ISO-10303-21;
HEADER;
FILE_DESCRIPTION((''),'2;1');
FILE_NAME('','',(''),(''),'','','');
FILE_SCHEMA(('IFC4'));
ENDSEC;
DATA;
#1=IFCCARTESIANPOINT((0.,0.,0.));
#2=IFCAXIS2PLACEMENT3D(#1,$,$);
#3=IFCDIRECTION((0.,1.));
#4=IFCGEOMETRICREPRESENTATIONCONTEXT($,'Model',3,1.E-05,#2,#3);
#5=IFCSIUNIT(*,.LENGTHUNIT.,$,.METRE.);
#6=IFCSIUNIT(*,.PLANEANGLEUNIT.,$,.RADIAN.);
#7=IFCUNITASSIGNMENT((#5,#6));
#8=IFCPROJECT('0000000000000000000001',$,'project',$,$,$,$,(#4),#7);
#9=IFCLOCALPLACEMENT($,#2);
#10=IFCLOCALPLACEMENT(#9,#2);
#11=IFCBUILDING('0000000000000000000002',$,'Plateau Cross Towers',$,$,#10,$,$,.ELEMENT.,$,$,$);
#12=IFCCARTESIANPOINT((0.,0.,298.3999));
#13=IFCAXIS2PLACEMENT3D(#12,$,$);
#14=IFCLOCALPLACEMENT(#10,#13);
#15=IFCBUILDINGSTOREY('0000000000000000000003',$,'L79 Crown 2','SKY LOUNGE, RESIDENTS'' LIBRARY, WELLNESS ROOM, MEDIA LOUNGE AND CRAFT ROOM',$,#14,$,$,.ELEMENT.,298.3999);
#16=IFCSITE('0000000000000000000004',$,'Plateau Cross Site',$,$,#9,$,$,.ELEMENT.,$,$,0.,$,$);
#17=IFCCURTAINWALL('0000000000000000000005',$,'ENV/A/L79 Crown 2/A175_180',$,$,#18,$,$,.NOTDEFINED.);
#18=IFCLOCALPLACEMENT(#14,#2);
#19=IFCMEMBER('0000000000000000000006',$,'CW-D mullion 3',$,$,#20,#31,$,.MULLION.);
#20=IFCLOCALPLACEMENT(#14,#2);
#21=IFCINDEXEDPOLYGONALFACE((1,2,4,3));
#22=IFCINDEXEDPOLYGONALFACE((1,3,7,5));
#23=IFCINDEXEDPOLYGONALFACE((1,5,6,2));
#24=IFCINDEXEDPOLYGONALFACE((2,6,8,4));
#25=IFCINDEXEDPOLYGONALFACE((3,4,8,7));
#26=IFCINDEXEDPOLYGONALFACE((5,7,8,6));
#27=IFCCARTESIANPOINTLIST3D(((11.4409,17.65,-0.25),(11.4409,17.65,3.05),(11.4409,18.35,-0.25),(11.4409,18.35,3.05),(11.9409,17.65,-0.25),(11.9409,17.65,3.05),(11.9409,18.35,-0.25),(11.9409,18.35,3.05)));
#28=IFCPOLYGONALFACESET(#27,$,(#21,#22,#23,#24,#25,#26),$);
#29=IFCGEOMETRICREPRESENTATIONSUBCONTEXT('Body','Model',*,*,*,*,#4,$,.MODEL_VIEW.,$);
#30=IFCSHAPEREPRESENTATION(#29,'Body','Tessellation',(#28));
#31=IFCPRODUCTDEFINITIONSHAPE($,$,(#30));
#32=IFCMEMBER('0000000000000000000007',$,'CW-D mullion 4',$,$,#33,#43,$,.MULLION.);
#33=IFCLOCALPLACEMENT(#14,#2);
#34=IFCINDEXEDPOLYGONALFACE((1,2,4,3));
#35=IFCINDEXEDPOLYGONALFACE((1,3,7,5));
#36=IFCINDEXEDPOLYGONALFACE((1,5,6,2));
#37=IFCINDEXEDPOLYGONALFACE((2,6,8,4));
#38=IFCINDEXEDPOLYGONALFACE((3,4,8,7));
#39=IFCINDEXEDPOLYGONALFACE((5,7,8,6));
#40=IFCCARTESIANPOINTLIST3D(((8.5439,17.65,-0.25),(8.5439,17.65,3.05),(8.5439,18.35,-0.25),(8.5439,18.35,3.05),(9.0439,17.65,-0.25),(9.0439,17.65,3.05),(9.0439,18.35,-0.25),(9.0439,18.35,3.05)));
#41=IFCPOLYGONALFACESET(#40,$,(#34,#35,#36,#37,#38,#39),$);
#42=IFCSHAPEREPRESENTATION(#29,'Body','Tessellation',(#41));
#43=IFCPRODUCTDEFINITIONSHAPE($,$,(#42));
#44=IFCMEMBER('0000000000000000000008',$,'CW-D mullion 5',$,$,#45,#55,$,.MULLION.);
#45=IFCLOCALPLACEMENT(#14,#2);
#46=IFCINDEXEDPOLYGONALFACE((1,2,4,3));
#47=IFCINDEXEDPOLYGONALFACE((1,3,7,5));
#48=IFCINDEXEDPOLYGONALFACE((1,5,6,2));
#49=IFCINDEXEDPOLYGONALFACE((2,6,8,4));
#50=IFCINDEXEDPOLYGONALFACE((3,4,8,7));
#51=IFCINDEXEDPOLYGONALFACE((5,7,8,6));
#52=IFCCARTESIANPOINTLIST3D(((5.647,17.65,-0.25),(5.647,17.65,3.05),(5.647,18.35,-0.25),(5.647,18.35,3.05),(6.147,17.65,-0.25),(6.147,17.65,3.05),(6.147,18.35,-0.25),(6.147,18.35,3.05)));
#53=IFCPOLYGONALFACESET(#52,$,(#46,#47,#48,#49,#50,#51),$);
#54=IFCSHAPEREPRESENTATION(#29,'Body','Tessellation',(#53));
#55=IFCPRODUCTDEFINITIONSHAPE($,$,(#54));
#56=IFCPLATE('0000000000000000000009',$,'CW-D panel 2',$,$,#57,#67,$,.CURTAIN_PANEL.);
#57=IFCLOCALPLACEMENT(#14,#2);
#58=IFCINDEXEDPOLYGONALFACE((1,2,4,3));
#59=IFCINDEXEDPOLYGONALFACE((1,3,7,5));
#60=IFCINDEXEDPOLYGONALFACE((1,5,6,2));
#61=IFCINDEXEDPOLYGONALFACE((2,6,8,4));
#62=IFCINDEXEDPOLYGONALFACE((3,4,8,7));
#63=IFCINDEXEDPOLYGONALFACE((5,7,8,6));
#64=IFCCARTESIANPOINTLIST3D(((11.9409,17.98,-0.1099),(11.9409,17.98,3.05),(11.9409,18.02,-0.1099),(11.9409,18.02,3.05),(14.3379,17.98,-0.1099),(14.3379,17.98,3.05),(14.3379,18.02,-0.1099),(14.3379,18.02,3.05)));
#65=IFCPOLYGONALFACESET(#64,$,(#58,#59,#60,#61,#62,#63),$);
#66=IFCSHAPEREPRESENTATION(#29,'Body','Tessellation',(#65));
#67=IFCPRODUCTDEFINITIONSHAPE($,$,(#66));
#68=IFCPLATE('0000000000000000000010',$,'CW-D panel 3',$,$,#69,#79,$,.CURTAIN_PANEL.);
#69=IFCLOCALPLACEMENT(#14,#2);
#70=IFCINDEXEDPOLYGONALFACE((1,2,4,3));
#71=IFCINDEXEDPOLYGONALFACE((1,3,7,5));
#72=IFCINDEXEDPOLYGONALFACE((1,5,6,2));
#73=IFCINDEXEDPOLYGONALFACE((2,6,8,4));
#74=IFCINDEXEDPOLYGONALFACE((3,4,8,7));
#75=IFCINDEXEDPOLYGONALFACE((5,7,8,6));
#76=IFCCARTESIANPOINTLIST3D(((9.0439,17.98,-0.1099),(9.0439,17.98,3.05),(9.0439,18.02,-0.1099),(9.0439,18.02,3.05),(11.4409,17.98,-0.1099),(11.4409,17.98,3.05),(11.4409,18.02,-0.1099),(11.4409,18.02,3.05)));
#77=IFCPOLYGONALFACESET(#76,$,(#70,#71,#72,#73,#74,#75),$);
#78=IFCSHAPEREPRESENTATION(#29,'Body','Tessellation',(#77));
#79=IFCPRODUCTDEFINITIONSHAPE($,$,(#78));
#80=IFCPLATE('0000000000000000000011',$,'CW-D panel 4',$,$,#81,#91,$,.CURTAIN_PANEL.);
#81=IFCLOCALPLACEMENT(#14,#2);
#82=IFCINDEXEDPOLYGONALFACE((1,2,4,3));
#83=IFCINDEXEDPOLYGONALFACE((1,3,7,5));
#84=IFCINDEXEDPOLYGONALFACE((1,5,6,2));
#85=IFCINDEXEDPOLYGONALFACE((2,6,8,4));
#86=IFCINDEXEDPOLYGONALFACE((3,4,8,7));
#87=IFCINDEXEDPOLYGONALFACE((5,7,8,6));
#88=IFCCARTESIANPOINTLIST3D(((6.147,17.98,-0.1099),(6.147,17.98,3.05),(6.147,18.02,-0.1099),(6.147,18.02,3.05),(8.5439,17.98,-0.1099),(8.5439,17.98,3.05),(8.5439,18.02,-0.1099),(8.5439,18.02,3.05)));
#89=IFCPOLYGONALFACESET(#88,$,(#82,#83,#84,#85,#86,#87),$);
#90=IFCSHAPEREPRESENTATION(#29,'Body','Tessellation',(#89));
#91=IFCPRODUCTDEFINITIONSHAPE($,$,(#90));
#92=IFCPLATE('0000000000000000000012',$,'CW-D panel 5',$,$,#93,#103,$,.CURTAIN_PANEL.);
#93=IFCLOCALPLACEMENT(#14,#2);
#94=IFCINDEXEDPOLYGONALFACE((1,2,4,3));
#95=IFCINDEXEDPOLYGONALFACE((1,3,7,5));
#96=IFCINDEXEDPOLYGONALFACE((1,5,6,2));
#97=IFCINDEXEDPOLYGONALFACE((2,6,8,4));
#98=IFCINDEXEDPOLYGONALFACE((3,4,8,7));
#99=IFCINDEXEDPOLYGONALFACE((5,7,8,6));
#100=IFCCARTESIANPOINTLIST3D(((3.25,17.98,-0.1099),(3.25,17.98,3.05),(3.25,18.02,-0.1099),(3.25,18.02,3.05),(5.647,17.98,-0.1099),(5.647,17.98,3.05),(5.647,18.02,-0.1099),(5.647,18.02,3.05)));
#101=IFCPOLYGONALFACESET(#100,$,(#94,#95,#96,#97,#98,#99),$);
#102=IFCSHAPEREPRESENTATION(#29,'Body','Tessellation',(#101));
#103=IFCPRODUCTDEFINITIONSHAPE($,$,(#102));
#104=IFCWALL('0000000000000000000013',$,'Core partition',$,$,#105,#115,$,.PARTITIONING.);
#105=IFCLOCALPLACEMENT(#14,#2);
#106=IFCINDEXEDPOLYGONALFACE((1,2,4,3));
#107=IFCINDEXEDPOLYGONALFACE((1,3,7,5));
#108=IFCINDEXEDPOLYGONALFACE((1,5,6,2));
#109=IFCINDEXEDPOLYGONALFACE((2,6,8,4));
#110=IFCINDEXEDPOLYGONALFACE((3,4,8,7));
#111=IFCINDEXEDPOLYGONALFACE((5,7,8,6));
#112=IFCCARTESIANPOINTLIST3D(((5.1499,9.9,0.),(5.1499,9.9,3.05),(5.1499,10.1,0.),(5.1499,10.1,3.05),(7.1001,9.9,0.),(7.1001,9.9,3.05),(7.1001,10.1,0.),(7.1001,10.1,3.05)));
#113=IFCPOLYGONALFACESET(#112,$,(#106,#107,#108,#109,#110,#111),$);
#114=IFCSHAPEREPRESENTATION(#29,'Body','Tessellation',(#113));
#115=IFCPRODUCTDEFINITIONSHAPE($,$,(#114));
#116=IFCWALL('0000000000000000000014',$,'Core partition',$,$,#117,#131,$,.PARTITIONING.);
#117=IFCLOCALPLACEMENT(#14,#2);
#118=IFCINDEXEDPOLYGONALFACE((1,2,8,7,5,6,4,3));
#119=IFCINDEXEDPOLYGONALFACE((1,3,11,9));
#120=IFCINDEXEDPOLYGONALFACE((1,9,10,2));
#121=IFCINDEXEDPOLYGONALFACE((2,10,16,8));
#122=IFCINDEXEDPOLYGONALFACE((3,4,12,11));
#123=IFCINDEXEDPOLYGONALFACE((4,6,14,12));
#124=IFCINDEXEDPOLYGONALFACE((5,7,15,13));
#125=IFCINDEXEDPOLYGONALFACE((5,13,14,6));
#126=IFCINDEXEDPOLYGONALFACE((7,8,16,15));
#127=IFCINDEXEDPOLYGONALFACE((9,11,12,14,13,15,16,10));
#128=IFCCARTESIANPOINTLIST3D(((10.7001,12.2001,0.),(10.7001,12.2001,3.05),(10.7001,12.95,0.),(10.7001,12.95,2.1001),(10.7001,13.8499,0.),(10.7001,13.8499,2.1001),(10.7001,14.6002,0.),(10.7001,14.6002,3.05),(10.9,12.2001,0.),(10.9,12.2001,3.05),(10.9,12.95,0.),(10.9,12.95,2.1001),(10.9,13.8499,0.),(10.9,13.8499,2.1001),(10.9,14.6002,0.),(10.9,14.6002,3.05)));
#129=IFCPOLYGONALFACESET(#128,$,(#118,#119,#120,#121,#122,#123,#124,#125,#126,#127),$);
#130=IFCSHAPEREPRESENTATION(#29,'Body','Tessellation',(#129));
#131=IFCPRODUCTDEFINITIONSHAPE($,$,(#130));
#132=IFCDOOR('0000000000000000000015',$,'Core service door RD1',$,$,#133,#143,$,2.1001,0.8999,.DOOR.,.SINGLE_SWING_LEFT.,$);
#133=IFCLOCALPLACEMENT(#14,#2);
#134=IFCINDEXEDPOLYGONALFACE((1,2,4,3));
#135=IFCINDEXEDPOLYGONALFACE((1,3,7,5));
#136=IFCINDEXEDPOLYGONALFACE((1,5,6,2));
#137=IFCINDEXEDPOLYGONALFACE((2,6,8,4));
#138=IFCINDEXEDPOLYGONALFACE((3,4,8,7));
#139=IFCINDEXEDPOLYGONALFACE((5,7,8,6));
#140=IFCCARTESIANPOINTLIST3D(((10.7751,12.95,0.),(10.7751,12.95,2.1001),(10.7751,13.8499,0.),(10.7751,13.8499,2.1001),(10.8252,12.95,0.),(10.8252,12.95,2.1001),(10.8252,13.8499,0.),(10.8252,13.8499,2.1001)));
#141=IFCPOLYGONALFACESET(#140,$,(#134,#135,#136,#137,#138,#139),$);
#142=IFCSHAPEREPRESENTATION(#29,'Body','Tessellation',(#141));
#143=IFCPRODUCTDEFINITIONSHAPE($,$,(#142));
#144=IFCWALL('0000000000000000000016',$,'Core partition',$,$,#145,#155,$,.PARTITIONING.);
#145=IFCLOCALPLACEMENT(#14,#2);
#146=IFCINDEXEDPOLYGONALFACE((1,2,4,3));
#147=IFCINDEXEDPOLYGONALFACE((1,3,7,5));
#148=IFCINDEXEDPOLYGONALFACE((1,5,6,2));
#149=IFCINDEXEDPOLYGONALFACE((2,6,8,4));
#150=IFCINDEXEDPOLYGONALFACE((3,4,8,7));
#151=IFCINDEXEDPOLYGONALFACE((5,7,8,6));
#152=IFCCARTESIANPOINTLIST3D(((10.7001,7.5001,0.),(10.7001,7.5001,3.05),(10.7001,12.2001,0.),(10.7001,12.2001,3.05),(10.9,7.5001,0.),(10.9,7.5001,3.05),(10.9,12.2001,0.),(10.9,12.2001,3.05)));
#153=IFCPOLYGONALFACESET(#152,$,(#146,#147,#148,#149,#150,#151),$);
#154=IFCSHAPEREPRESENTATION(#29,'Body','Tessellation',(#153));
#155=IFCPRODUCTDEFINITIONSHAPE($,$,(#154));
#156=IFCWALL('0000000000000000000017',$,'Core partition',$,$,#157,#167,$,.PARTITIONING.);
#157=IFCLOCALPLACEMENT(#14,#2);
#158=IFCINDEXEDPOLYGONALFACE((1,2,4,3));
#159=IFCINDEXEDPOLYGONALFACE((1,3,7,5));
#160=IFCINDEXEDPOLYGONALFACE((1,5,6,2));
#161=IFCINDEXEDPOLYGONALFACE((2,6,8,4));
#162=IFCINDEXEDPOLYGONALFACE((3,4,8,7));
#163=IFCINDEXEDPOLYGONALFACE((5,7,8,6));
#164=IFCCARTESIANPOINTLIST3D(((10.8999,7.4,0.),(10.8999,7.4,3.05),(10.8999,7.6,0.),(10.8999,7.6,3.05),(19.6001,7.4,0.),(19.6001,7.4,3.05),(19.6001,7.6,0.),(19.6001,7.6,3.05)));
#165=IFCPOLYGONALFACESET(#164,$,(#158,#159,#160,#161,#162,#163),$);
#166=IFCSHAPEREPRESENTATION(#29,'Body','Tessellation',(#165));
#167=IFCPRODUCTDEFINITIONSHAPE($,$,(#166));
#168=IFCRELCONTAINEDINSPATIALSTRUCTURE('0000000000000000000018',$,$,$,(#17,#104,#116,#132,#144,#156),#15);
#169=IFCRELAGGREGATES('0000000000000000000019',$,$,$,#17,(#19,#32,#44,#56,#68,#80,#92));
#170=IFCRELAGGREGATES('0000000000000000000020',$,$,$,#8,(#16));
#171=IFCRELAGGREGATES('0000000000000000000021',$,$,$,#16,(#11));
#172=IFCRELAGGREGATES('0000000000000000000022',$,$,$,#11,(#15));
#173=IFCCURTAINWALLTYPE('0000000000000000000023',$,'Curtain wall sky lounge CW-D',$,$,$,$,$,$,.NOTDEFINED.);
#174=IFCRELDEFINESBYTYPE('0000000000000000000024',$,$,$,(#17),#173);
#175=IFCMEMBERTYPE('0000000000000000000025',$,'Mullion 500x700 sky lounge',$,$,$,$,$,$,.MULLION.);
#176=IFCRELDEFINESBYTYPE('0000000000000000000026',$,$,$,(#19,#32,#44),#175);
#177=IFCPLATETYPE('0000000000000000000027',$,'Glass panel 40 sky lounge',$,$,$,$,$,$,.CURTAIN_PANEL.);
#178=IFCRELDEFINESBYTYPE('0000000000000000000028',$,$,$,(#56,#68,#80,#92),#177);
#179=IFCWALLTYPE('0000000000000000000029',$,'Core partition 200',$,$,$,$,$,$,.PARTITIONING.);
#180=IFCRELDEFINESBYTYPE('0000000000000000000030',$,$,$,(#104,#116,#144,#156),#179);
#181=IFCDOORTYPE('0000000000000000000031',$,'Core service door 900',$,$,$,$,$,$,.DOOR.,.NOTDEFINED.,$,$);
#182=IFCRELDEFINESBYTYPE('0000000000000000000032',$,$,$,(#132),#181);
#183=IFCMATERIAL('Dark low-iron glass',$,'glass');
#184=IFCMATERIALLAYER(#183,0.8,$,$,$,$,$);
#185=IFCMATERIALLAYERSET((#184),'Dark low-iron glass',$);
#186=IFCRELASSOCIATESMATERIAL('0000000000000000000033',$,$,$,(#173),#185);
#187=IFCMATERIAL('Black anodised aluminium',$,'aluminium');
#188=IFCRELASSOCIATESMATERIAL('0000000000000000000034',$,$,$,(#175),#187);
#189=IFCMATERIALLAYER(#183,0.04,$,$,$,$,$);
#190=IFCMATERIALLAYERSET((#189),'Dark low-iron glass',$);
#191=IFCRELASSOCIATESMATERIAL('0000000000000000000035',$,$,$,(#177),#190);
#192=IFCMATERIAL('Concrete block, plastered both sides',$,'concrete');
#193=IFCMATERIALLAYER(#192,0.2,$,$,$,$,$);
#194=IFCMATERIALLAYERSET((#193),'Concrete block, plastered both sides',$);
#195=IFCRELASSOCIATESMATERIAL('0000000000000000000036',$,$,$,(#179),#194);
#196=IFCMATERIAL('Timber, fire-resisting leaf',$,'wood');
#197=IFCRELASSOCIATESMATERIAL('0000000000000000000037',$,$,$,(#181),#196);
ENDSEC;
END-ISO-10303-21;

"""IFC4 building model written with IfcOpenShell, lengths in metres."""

from ifc_helpers import new_model, si_unit, direction, frame, frame_2d, origin, origin_2d, place, context, subcontext, project, spatial, rectangle, extrude, material, layer, layer_set, material_profile, profile_set, type_object, element, fill, aggregate, save


model = new_model("IFC4")

# Units and contexts
model_context = context("Model", 3, precision=1e-05, world=origin(), true_north=direction((0.0, 1.0)))
body_context = subcontext(model_context, "Body", "Model", "MODEL_VIEW")
ifc_project = project(units=[si_unit("LENGTHUNIT", "METRE"), si_unit("PLANEANGLEUNIT", "RADIAN")], contexts=[model_context])

# Site, building, storey
site_placement = place(None, origin())
site = spatial("IfcSite", under=ifc_project, at=site_placement, Name="Plateau Cross Site", CompositionType="ELEMENT", RefElevation=0.0)
building_placement = place(site_placement, origin())
building = spatial("IfcBuilding", under=site, at=building_placement, Name="Plateau Cross Towers", CompositionType="ELEMENT")
storey_placement = place(building_placement, frame((0.0, 0.0, 298.3999)))
storey = spatial("IfcBuildingStorey", under=building, at=storey_placement, Name="L79 Crown 2", Description="SKY LOUNGE, RESIDENTS' LIBRARY, WELLNESS ROOM, MEDIA LOUNGE AND CRAFT ROOM", CompositionType="ELEMENT", Elevation=298.3999)

# Curtain wall, members, plates
ifc_material_1 = material(Name="Dark low-iron glass", Category="glass")
ifc_layer_1 = layer(ifc_material_1, 0.8)
ifc_layer_set_1 = layer_set([ifc_layer_1], Name="Dark low-iron glass")
curtain_wall_type = type_object("IfcCurtainWallType", Name="Curtain wall sky lounge CW-D", PredefinedType="NOTDEFINED", material=ifc_layer_set_1)
curtain_wall_placement = place(storey_placement, origin())
curtain_wall = element("IfcCurtainWall", 1, at=curtain_wall_placement, inside=storey, type_object=curtain_wall_type, Name="ENV/A/L79 Crown 2/A175_180", PredefinedType="NOTDEFINED")
ifc_material_2 = material(Name="Black anodised aluminium", Category="aluminium")
ifc_material_profile = material_profile(ifc_material_2, rectangle(XDim=0.5, YDim=0.7, at=origin_2d()), Name="MULLION 500x700")
ifc_profile_set = profile_set([ifc_material_profile], Name="Black anodised aluminium")
member_type = type_object("IfcMemberType", Name="Mullion 500x700 sky lounge", PredefinedType="MULLION", material=ifc_profile_set)
member_1_placement = place(storey_placement, frame((11.6909, 18.0, -0.25), z_axis=(0.0, 0.0, 1.0), x_axis=(-1.0, 0.0, 0.0)))
member_1 = element("IfcMember", 2, at=member_1_placement, type_object=member_type, Name="CW-D mullion 3", PredefinedType="MULLION", context=body_context, shape_type="SweptSolid", body=[
    extrude(rectangle(XDim=0.5, YDim=0.7, at=origin_2d()), origin(), (0.0, 0.0, 1.0), 3.3),
])
member_2_placement = place(storey_placement, frame((8.7939, 18.0, -0.25), z_axis=(0.0, 0.0, 1.0), x_axis=(-1.0, 0.0, 0.0)))
member_2 = element("IfcMember", 3, at=member_2_placement, type_object=member_type, Name="CW-D mullion 4", PredefinedType="MULLION", context=body_context, shape_type="SweptSolid", body=[
    extrude(rectangle(XDim=0.5, YDim=0.7, at=origin_2d()), origin(), (0.0, 0.0, 1.0), 3.3),
])
member_3_placement = place(storey_placement, frame((5.897, 18.0, -0.25), z_axis=(0.0, 0.0, 1.0), x_axis=(-1.0, 0.0, 0.0)))
member_3 = element("IfcMember", 4, at=member_3_placement, type_object=member_type, Name="CW-D mullion 5", PredefinedType="MULLION", context=body_context, shape_type="SweptSolid", body=[
    extrude(rectangle(XDim=0.5, YDim=0.7, at=origin_2d()), origin(), (0.0, 0.0, 1.0), 3.3),
])
ifc_layer_2 = layer(ifc_material_1, 0.04)
ifc_layer_set_2 = layer_set([ifc_layer_2], Name="Dark low-iron glass")
plate_type = type_object("IfcPlateType", Name="Glass panel 40 sky lounge", PredefinedType="CURTAIN_PANEL", material=ifc_layer_set_2)
plate_1_placement = place(storey_placement, frame((13.1394, 18.0, -0.1099), z_axis=(0.0, 0.0, 1.0), x_axis=(-1.0, 0.0, 0.0)))
plate_1 = element("IfcPlate", 5, at=plate_1_placement, type_object=plate_type, Name="CW-D panel 2", PredefinedType="CURTAIN_PANEL", context=body_context, shape_type="SweptSolid", body=[
    extrude(rectangle(XDim=2.397, YDim=0.04, at=origin_2d()), origin(), (0.0, 0.0, 1.0), 3.1599),
])
plate_2_placement = place(storey_placement, frame((10.2424, 18.0, -0.1099), z_axis=(0.0, 0.0, 1.0), x_axis=(-1.0, 0.0, 0.0)))
plate_2 = element("IfcPlate", 6, at=plate_2_placement, type_object=plate_type, Name="CW-D panel 3", PredefinedType="CURTAIN_PANEL", context=body_context, shape_type="SweptSolid", body=[
    extrude(rectangle(XDim=2.397, YDim=0.04, at=origin_2d()), origin(), (0.0, 0.0, 1.0), 3.1599),
])
plate_3_placement = place(storey_placement, frame((7.3455, 18.0, -0.1099), z_axis=(0.0, 0.0, 1.0), x_axis=(-1.0, 0.0, 0.0)))
plate_3 = element("IfcPlate", 7, at=plate_3_placement, type_object=plate_type, Name="CW-D panel 4", PredefinedType="CURTAIN_PANEL", context=body_context, shape_type="SweptSolid", body=[
    extrude(rectangle(XDim=2.397, YDim=0.04, at=origin_2d()), origin(), (0.0, 0.0, 1.0), 3.1599),
])
plate_4_placement = place(storey_placement, frame((4.4485, 18.0, -0.1099), z_axis=(0.0, 0.0, 1.0), x_axis=(-1.0, 0.0, 0.0)))
plate_4 = element("IfcPlate", 8, at=plate_4_placement, type_object=plate_type, Name="CW-D panel 5", PredefinedType="CURTAIN_PANEL", context=body_context, shape_type="SweptSolid", body=[
    extrude(rectangle(XDim=2.397, YDim=0.04, at=origin_2d()), origin(), (0.0, 0.0, 1.0), 3.1599),
])
aggregate(curtain_wall, [member_1, member_2, member_3, plate_1, plate_2, plate_3, plate_4])

# Wall
ifc_material_3 = material(Name="Concrete block, plastered both sides", Category="concrete")
ifc_layer_3 = layer(ifc_material_3, 0.2)
ifc_layer_set_3 = layer_set([ifc_layer_3], Name="Concrete block, plastered both sides")
wall_type_1 = type_object("IfcWallType", Name="Core partition 200", PredefinedType="PARTITIONING", material=ifc_layer_set_3)
wall_1_placement = place(storey_placement, frame((5.1499, 10.0, 0.0), z_axis=(0.0, 0.0, 1.0), x_axis=(1.0, 0.0, 0.0)))
element("IfcWall", 9, at=wall_1_placement, inside=storey, type_object=wall_type_1, Name="Core partition", PredefinedType="PARTITIONING", context=body_context, shape_type="SweptSolid", body=[
    extrude(rectangle(XDim=1.9502, YDim=0.2, at=frame_2d((0.9751, 0.0))), origin(), (0.0, 0.0, 1.0), 3.05),
])

# Wall, opening, door
wall_2_placement = place(storey_placement, frame((10.8, 12.2, 0.0), z_axis=(0.0, 0.0, 1.0), x_axis=(0.0, 1.0, 0.0)))
wall_2 = element("IfcWall", 10, at=wall_2_placement, inside=storey, type_object=wall_type_1, Name="Core partition", PredefinedType="PARTITIONING", context=body_context, shape_type="SweptSolid", body=[
    extrude(rectangle(XDim=2.4001, YDim=0.2, at=frame_2d((1.2002, 0.0))), origin(), (0.0, 0.0, 1.0), 3.05),
])
opening_1_placement = place(wall_2_placement, frame((0.75, 0.0, 0.0)))
opening_1 = element("IfcOpeningElement", 11, at=opening_1_placement, cuts=wall_2, PredefinedType="OPENING", context=body_context, shape_type="SweptSolid", body=[
    extrude(rectangle(XDim=0.8999, YDim=2.1001, at=frame_2d((0.45, 1.05))), frame((0.0, 0.1099, 0.0), z_axis=(0.0, -1.0, 0.0), x_axis=(1.0, 0.0, 0.0)), (0.0, 0.0, 1.0), 0.22),
])
ifc_material_4 = material(Name="Timber, fire-resisting leaf", Category="wood")
door_type_1 = type_object("IfcDoorType", Name="Core service door 900", OperationType="NOTDEFINED", PredefinedType="DOOR", material=ifc_material_4)
door_1_placement = place(opening_1_placement, origin())
door_1 = element("IfcDoor", 12, at=door_1_placement, inside=storey, type_object=door_type_1, Name="Core service door RD1", OperationType="SINGLE_SWING_LEFT", OverallHeight=2.1001, OverallWidth=0.8999, PredefinedType="DOOR", context=body_context, shape_type="SweptSolid", body=[
    extrude(rectangle(XDim=0.8999, YDim=2.1001, at=frame_2d((0.45, 1.05))), frame((0.0, 0.0249, 0.0), z_axis=(0.0, -1.0, 0.0), x_axis=(1.0, 0.0, 0.0)), (0.0, 0.0, 1.0), 0.05),
])
fill(opening_1, door_1)

# Walls
wall_3_placement = place(storey_placement, frame((10.8, 7.5, 0.0), z_axis=(0.0, 0.0, 1.0), x_axis=(0.0, 1.0, 0.0)))
element("IfcWall", 13, at=wall_3_placement, inside=storey, type_object=wall_type_1, Name="Core partition", PredefinedType="PARTITIONING", context=body_context, shape_type="SweptSolid", body=[
    extrude(rectangle(XDim=4.7, YDim=0.2, at=frame_2d((2.3501, 0.0))), origin(), (0.0, 0.0, 1.0), 3.05),
])
wall_4_placement = place(storey_placement, frame((10.8999, 7.5, 0.0), z_axis=(0.0, 0.0, 1.0), x_axis=(1.0, 0.0, 0.0)))
element("IfcWall", 14, at=wall_4_placement, inside=storey, type_object=wall_type_1, Name="Core partition", PredefinedType="PARTITIONING", context=body_context, shape_type="SweptSolid", body=[
    extrude(rectangle(XDim=8.7002, YDim=0.2, at=frame_2d((4.3501, 0.0))), origin(), (0.0, 0.0, 1.0), 3.05),
])

save(model, "model.ifc")
